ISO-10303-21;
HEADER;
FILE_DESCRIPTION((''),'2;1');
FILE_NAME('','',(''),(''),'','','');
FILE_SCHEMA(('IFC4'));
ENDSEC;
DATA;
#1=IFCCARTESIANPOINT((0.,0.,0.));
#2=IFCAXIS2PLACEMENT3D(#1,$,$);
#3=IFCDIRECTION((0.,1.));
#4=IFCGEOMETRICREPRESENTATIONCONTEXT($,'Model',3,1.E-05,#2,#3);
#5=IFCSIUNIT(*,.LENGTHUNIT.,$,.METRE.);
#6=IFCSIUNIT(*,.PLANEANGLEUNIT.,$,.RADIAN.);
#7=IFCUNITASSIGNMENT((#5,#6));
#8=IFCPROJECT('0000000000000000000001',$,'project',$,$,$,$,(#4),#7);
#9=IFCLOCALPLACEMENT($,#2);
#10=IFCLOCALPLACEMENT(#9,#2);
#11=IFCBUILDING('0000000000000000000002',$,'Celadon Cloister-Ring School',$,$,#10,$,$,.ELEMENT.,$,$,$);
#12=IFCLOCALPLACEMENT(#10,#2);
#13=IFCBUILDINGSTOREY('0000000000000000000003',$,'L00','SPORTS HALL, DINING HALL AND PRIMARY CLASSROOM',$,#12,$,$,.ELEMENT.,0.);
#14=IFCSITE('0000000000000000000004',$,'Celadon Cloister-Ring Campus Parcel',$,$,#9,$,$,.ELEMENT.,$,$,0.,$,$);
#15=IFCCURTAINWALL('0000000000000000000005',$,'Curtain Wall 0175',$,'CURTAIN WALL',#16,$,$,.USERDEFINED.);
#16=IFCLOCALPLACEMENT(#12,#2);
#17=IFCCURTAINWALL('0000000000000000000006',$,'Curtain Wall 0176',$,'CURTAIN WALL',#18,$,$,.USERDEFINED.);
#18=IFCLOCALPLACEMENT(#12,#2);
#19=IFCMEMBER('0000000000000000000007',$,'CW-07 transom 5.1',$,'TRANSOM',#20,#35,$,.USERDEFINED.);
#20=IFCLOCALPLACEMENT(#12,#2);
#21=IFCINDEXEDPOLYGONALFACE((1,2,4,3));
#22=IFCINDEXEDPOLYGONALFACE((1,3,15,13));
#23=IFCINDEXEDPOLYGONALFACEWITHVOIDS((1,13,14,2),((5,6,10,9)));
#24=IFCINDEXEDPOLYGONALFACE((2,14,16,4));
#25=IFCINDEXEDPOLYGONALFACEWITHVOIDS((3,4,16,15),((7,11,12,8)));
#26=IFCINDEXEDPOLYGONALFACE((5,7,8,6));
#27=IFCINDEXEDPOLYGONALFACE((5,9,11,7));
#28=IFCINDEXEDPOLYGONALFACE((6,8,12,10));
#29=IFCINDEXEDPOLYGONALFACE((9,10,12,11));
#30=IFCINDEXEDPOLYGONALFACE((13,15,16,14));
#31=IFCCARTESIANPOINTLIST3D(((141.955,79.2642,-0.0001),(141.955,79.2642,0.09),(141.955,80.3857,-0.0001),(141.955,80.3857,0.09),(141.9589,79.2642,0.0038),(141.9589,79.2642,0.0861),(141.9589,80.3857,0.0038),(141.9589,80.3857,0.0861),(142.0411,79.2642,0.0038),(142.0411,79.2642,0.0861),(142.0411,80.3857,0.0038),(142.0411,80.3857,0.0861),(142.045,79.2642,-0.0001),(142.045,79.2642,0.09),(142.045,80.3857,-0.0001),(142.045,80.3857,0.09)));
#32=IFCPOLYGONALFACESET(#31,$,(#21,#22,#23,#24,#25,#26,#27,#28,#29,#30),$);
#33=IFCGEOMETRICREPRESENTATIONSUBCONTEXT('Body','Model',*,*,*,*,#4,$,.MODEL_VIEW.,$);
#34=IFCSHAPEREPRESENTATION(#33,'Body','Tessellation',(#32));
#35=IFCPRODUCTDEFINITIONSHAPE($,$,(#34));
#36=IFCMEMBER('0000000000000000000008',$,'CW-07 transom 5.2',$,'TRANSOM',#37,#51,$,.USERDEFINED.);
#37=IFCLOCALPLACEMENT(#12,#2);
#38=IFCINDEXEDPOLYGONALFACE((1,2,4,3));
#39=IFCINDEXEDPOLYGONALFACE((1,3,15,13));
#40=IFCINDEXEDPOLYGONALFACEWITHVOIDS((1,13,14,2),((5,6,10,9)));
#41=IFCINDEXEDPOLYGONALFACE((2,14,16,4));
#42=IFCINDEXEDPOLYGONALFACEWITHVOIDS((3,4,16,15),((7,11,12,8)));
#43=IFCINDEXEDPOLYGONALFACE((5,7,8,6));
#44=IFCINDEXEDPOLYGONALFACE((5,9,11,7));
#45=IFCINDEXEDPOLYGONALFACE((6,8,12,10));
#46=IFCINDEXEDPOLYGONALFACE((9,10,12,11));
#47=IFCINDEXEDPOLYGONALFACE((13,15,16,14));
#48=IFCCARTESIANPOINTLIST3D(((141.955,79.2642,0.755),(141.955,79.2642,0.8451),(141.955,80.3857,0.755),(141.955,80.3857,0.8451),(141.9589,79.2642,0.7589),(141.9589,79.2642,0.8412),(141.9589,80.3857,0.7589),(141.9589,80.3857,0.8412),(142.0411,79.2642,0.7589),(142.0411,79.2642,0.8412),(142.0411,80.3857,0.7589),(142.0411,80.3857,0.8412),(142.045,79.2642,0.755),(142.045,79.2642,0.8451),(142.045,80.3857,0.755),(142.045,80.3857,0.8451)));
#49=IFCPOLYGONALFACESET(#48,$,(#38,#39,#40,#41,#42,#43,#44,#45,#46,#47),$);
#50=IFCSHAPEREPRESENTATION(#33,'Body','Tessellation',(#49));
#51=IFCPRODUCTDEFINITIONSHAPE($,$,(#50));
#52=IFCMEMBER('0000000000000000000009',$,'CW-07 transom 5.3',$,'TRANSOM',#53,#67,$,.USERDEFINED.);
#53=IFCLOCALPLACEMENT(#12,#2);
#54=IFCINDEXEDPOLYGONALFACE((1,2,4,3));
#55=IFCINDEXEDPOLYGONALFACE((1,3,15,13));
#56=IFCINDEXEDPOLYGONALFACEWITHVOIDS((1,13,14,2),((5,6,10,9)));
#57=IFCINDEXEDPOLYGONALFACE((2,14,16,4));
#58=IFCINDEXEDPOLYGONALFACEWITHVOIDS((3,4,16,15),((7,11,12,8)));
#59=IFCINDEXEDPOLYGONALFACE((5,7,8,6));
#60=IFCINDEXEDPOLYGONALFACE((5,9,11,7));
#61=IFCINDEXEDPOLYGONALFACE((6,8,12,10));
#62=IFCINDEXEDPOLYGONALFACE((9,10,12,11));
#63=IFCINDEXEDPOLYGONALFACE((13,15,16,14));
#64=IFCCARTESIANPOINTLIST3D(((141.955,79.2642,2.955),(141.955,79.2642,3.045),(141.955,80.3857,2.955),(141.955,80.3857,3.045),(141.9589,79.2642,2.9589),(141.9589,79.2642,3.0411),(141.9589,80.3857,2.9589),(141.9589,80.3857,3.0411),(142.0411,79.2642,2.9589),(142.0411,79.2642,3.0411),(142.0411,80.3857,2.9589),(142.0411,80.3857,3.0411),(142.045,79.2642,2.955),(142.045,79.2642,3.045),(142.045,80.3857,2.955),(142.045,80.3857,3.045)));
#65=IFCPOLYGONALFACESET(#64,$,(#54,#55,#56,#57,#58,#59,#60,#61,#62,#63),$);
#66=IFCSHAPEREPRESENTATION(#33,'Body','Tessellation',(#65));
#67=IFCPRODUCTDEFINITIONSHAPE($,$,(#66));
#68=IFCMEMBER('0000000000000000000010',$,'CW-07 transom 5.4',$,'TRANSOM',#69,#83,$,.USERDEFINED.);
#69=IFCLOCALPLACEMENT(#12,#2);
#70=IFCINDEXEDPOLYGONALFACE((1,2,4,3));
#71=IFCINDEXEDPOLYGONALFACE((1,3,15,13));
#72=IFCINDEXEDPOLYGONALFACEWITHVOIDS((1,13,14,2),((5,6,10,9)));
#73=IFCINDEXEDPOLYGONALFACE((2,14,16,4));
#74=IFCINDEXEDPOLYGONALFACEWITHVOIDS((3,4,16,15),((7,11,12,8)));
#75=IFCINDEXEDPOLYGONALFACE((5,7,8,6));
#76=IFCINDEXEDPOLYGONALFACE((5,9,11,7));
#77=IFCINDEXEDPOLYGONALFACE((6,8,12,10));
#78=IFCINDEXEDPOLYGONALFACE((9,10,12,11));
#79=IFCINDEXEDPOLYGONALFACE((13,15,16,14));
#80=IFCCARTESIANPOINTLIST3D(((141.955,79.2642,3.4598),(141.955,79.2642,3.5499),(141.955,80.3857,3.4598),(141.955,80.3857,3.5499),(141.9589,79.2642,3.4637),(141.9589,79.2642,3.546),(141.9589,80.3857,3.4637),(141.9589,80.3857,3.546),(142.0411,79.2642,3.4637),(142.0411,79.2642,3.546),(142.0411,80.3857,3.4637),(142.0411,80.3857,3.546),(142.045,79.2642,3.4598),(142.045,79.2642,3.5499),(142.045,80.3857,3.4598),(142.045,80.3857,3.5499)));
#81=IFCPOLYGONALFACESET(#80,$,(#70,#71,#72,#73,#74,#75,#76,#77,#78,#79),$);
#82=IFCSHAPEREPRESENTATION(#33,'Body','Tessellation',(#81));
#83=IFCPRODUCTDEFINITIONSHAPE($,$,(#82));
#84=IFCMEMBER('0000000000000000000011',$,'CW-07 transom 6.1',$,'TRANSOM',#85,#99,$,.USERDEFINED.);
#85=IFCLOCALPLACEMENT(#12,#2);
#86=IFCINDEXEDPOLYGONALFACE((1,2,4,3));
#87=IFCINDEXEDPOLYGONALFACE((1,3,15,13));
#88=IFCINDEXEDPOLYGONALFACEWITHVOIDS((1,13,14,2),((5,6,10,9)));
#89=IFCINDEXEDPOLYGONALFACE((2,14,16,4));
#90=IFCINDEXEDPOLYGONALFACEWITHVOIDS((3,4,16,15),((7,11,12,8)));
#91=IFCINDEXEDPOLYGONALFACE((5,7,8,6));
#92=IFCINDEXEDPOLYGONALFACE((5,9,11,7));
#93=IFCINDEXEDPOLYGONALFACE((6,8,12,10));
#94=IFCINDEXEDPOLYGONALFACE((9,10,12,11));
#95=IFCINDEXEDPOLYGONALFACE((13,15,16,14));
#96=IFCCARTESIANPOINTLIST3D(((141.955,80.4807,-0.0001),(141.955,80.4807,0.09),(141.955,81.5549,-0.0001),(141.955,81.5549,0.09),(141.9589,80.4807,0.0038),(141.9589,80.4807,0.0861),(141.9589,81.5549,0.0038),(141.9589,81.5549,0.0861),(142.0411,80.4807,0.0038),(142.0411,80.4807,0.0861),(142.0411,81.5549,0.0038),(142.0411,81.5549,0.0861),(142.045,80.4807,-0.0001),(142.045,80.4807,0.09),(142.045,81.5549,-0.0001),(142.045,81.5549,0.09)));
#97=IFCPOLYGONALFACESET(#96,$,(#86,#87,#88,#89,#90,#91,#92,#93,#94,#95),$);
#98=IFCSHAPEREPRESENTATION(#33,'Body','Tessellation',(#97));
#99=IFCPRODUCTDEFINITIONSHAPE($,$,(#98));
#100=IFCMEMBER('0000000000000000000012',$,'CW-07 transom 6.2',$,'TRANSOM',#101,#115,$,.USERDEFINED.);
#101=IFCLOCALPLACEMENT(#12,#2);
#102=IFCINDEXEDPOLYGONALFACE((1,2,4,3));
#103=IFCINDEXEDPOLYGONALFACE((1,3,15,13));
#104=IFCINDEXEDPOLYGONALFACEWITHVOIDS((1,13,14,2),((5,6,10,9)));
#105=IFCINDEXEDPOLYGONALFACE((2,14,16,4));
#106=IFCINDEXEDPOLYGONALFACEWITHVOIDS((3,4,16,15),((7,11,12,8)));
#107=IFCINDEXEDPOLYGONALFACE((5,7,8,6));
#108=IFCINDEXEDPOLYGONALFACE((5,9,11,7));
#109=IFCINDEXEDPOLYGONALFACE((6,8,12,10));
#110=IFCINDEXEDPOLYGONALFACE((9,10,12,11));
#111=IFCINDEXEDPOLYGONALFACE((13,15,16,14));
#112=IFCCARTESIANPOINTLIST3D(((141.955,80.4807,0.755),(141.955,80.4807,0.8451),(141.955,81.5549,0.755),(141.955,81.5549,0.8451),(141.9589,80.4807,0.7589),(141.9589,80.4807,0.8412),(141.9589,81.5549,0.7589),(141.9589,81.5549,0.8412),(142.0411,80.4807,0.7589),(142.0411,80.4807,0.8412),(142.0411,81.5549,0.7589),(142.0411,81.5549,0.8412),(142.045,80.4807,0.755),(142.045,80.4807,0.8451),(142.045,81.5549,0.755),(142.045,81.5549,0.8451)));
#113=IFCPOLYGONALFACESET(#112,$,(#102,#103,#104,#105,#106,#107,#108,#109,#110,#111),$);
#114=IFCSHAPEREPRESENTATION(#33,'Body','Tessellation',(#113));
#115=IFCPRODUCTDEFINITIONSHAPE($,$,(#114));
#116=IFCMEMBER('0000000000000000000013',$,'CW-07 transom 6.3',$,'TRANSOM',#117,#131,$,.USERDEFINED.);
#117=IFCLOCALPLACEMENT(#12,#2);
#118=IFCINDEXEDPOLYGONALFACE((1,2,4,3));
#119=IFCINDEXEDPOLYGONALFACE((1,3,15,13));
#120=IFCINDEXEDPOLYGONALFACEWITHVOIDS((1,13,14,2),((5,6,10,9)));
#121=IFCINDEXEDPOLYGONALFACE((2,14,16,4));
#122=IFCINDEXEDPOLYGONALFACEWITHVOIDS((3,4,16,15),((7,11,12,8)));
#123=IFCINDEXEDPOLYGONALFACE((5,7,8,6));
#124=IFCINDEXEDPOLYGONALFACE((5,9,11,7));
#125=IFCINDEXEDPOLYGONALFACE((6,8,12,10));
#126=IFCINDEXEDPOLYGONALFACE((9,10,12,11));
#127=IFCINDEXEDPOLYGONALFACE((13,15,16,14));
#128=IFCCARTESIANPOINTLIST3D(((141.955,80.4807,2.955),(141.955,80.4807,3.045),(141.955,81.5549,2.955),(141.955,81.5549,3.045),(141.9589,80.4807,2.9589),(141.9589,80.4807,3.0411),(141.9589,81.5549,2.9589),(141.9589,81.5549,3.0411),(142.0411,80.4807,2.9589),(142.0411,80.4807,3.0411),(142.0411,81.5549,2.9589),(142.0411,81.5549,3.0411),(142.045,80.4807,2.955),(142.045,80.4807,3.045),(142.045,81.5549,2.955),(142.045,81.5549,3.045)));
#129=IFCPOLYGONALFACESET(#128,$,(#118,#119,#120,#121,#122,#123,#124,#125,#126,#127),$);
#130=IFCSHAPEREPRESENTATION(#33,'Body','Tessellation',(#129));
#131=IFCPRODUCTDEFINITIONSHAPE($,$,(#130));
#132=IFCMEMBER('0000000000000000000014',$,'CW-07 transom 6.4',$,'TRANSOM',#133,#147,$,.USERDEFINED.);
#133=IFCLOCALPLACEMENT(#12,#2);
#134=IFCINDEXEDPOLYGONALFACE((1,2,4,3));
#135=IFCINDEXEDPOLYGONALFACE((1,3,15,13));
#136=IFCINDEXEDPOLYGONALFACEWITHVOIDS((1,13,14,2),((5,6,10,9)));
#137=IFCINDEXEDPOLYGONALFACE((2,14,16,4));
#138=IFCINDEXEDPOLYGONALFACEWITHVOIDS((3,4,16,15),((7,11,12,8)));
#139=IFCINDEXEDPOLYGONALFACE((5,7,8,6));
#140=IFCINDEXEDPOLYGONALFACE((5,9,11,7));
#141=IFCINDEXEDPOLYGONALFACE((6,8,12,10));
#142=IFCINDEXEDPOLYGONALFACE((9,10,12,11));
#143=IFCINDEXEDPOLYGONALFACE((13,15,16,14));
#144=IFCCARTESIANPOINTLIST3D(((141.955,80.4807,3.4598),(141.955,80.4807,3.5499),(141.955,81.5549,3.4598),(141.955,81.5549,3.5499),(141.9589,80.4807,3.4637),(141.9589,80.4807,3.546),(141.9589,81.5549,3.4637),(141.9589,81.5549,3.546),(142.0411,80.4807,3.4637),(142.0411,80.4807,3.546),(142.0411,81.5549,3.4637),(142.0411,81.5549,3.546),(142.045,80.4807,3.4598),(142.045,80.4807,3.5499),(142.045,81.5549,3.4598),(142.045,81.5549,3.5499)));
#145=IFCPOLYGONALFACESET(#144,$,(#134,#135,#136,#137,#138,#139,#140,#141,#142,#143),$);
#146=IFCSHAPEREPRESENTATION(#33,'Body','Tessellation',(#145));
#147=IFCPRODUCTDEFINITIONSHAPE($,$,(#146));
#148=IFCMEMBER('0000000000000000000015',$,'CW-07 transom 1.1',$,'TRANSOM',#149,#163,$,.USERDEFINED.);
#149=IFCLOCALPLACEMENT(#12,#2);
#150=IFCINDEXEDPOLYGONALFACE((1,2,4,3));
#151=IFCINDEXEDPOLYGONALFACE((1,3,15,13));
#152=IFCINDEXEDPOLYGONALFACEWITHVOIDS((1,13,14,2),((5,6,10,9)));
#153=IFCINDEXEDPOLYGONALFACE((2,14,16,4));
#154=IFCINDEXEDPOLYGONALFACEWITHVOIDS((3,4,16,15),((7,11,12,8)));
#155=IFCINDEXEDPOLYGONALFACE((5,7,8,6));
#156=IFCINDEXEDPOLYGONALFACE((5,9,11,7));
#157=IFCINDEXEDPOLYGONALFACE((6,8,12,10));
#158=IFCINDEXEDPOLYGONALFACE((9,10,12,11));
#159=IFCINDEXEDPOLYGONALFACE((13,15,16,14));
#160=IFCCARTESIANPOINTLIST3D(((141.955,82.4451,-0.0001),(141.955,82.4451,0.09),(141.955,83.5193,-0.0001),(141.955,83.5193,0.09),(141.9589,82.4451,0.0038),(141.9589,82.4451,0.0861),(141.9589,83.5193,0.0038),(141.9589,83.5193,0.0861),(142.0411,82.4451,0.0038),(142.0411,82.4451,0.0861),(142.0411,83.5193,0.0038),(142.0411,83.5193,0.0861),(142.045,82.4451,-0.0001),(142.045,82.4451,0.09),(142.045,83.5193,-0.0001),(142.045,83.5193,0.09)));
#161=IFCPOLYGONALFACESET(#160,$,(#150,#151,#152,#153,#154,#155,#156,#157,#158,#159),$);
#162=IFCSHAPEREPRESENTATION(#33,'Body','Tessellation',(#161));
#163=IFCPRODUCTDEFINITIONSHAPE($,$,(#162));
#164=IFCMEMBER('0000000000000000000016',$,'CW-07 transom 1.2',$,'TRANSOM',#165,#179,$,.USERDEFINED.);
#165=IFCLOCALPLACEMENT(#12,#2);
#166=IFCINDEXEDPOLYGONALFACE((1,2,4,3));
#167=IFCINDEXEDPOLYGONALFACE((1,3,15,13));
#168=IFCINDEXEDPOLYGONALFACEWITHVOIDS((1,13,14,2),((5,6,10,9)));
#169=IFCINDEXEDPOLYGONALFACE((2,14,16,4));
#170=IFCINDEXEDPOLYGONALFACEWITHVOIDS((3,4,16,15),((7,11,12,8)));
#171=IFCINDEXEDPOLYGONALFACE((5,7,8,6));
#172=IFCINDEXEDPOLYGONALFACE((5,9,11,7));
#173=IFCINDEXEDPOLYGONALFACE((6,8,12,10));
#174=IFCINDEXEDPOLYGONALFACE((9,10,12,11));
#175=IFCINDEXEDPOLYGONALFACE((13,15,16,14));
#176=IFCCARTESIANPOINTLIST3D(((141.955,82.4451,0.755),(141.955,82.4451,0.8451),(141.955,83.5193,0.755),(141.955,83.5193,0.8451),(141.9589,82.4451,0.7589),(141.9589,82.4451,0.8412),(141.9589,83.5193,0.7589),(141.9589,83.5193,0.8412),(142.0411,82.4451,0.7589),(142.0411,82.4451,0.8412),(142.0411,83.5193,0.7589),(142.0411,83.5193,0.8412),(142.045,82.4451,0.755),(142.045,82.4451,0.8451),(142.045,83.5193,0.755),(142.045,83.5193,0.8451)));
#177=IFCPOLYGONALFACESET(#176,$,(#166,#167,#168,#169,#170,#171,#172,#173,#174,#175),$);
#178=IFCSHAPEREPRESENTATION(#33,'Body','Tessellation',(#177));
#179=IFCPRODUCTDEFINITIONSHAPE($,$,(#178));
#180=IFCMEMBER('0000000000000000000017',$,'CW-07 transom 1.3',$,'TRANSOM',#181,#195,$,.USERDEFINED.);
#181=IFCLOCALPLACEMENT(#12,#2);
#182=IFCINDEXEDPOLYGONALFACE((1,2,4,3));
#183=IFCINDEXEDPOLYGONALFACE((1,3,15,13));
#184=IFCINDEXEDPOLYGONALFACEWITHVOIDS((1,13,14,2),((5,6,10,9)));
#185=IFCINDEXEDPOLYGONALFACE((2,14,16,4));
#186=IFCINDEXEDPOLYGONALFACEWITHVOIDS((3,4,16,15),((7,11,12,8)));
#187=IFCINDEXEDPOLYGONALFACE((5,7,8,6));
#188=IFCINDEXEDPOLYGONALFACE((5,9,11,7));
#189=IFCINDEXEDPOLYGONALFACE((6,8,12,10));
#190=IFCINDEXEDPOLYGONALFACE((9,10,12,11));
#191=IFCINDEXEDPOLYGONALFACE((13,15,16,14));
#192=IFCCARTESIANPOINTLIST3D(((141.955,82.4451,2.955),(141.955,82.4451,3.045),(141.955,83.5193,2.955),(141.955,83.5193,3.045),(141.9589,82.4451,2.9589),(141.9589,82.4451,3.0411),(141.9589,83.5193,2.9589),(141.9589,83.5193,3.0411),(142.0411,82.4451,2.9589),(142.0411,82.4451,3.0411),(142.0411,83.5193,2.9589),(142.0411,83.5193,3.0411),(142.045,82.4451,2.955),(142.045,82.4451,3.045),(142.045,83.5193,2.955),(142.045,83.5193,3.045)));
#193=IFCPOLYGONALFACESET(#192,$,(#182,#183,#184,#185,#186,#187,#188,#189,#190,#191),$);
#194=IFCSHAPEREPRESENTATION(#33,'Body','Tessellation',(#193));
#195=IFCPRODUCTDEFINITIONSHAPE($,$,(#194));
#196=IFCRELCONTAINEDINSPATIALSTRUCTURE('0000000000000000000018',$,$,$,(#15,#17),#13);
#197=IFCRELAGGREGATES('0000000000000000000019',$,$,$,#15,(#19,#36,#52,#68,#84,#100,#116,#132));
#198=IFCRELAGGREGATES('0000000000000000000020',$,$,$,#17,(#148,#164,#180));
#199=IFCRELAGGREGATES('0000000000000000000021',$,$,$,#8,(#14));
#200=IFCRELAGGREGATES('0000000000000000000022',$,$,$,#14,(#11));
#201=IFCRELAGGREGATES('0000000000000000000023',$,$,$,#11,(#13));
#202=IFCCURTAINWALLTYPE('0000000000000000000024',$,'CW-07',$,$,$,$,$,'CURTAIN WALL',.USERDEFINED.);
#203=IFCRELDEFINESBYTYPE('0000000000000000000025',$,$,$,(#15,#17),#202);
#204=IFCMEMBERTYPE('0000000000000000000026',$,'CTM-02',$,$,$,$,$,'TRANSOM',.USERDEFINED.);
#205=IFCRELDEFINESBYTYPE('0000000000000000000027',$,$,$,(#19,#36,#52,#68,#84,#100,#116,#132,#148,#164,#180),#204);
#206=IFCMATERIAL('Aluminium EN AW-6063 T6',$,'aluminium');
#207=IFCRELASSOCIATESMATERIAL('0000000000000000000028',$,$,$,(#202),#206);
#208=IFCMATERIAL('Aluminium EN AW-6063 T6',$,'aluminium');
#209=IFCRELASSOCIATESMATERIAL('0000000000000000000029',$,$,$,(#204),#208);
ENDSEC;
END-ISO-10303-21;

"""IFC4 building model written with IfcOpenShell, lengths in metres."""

from ifc_helpers import new_model, si_unit, direction, frame, origin, origin_2d, place, context, subcontext, project, spatial, hollow_rectangle, extrude, material, material_profile, profile_set, type_object, element, aggregate, save


model = new_model("IFC4")

# Units and contexts
model_context = context("Model", 3, precision=1e-05, world=origin(), true_north=direction((0.0, 1.0)))
body_context = subcontext(model_context, "Body", "Model", "MODEL_VIEW")
ifc_project = project(units=[si_unit("LENGTHUNIT", "METRE"), si_unit("PLANEANGLEUNIT", "RADIAN")], contexts=[model_context])

# Site, building, storey
site_placement = place(None, origin())
site = spatial("IfcSite", under=ifc_project, at=site_placement, Name="Celadon Cloister-Ring Campus Parcel", CompositionType="ELEMENT", RefElevation=0.0)
building_placement = place(site_placement, origin())
building = spatial("IfcBuilding", under=site, at=building_placement, Name="Celadon Cloister-Ring School", CompositionType="ELEMENT")
storey_placement = place(building_placement, origin())
storey = spatial("IfcBuildingStorey", under=building, at=storey_placement, Name="L00", Description="SPORTS HALL, DINING HALL AND PRIMARY CLASSROOM", CompositionType="ELEMENT", Elevation=0.0)

# Curtain walls
ifc_material_1 = material(Name="Aluminium EN AW-6063 T6", Category="aluminium")
curtain_wall_type = type_object("IfcCurtainWallType", Name="CW-07", ElementType="CURTAIN WALL", PredefinedType="USERDEFINED", material=ifc_material_1)
curtain_wall_1_placement = place(storey_placement, origin())
curtain_wall_1 = element("IfcCurtainWall", 1, at=curtain_wall_1_placement, inside=storey, type_object=curtain_wall_type, Name="Curtain Wall 0175", ObjectType="CURTAIN WALL", PredefinedType="USERDEFINED")
curtain_wall_2_placement = place(storey_placement, origin())
curtain_wall_2 = element("IfcCurtainWall", 2, at=curtain_wall_2_placement, inside=storey, type_object=curtain_wall_type, Name="Curtain Wall 0176", ObjectType="CURTAIN WALL", PredefinedType="USERDEFINED")

# Members
ifc_material_2 = material(Name="Aluminium EN AW-6063 T6", Category="aluminium")
ifc_material_profile_1 = material_profile(ifc_material_2, hollow_rectangle(XDim=0.0901, YDim=0.0901, WallThickness=0.0039, at=origin_2d()), Name="RHS90X90X4")
ifc_profile_set_1 = profile_set([ifc_material_profile_1], Name="Aluminium EN AW-6063 T6")
member_type_1 = type_object("IfcMemberType", Name="CTM-02", ElementType="TRANSOM", PredefinedType="USERDEFINED", material=ifc_profile_set_1)
member_1_placement = place(storey_placement, frame((142.0, 79.2642, 0.0449), z_axis=(0.0, 1.0, 0.0), x_axis=(-1.0, 0.0, 0.0)))
member_1 = element("IfcMember", 3, at=member_1_placement, type_object=member_type_1, Name="CW-07 transom 5.1", ObjectType="TRANSOM", PredefinedType="USERDEFINED", context=body_context, shape_type="SweptSolid", body=[
    extrude(hollow_rectangle(XDim=0.0901, YDim=0.0901, WallThickness=0.0039, at=origin_2d()), origin(), (0.0, 0.0, 1.0), 1.1216),
])
member_2_placement = place(storey_placement, frame((142.0, 79.2642, 0.8), z_axis=(0.0, 1.0, 0.0), x_axis=(-1.0, 0.0, 0.0)))
member_2 = element("IfcMember", 4, at=member_2_placement, type_object=member_type_1, Name="CW-07 transom 5.2", ObjectType="TRANSOM", PredefinedType="USERDEFINED", context=body_context, shape_type="SweptSolid", body=[
    extrude(hollow_rectangle(XDim=0.0901, YDim=0.0901, WallThickness=0.0039, at=origin_2d()), origin(), (0.0, 0.0, 1.0), 1.1216),
])
member_3_placement = place(storey_placement, frame((142.0, 79.2642, 3.0), z_axis=(0.0, 1.0, 0.0), x_axis=(-1.0, 0.0, 0.0)))
member_3 = element("IfcMember", 5, at=member_3_placement, type_object=member_type_1, Name="CW-07 transom 5.3", ObjectType="TRANSOM", PredefinedType="USERDEFINED", context=body_context, shape_type="SweptSolid", body=[
    extrude(hollow_rectangle(XDim=0.0901, YDim=0.0901, WallThickness=0.0039, at=origin_2d()), origin(), (0.0, 0.0, 1.0), 1.1216),
])
member_4_placement = place(storey_placement, frame((142.0, 79.2642, 3.5049), z_axis=(0.0, 1.0, 0.0), x_axis=(-1.0, 0.0, 0.0)))
member_4 = element("IfcMember", 6, at=member_4_placement, type_object=member_type_1, Name="CW-07 transom 5.4", ObjectType="TRANSOM", PredefinedType="USERDEFINED", context=body_context, shape_type="SweptSolid", body=[
    extrude(hollow_rectangle(XDim=0.0901, YDim=0.0901, WallThickness=0.0039, at=origin_2d()), origin(), (0.0, 0.0, 1.0), 1.1216),
])
member_5_placement = place(storey_placement, frame((142.0, 80.4807, 0.0449), z_axis=(0.0, 1.0, 0.0), x_axis=(-1.0, 0.0, 0.0)))
member_5 = element("IfcMember", 7, at=member_5_placement, type_object=member_type_1, Name="CW-07 transom 6.1", ObjectType="TRANSOM", PredefinedType="USERDEFINED", context=body_context, shape_type="SweptSolid", body=[
    extrude(hollow_rectangle(XDim=0.0901, YDim=0.0901, WallThickness=0.0039, at=origin_2d()), origin(), (0.0, 0.0, 1.0), 1.0742),
])
member_6_placement = place(storey_placement, frame((142.0, 80.4807, 0.8), z_axis=(0.0, 1.0, 0.0), x_axis=(-1.0, 0.0, 0.0)))
member_6 = element("IfcMember", 8, at=member_6_placement, type_object=member_type_1, Name="CW-07 transom 6.2", ObjectType="TRANSOM", PredefinedType="USERDEFINED", context=body_context, shape_type="SweptSolid", body=[
    extrude(hollow_rectangle(XDim=0.0901, YDim=0.0901, WallThickness=0.0039, at=origin_2d()), origin(), (0.0, 0.0, 1.0), 1.0742),
])
member_7_placement = place(storey_placement, frame((142.0, 80.4807, 3.0), z_axis=(0.0, 1.0, 0.0), x_axis=(-1.0, 0.0, 0.0)))
member_7 = element("IfcMember", 9, at=member_7_placement, type_object=member_type_1, Name="CW-07 transom 6.3", ObjectType="TRANSOM", PredefinedType="USERDEFINED", context=body_context, shape_type="SweptSolid", body=[
    extrude(hollow_rectangle(XDim=0.0901, YDim=0.0901, WallThickness=0.0039, at=origin_2d()), origin(), (0.0, 0.0, 1.0), 1.0742),
])
member_8_placement = place(storey_placement, frame((142.0, 80.4807, 3.5049), z_axis=(0.0, 1.0, 0.0), x_axis=(-1.0, 0.0, 0.0)))
member_8 = element("IfcMember", 10, at=member_8_placement, type_object=member_type_1, Name="CW-07 transom 6.4", ObjectType="TRANSOM", PredefinedType="USERDEFINED", context=body_context, shape_type="SweptSolid", body=[
    extrude(hollow_rectangle(XDim=0.0901, YDim=0.0901, WallThickness=0.0039, at=origin_2d()), origin(), (0.0, 0.0, 1.0), 1.0742),
])
member_9_placement = place(storey_placement, frame((142.0, 82.4451, 0.0449), z_axis=(0.0, 1.0, 0.0), x_axis=(-1.0, 0.0, 0.0)))
member_9 = element("IfcMember", 11, at=member_9_placement, type_object=member_type_1, Name="CW-07 transom 1.1", ObjectType="TRANSOM", PredefinedType="USERDEFINED", context=body_context, shape_type="SweptSolid", body=[
    extrude(hollow_rectangle(XDim=0.0901, YDim=0.0901, WallThickness=0.0039, at=origin_2d()), origin(), (0.0, 0.0, 1.0), 1.0742),
])
member_10_placement = place(storey_placement, frame((142.0, 82.4451, 0.8), z_axis=(0.0, 1.0, 0.0), x_axis=(-1.0, 0.0, 0.0)))
member_10 = element("IfcMember", 12, at=member_10_placement, type_object=member_type_1, Name="CW-07 transom 1.2", ObjectType="TRANSOM", PredefinedType="USERDEFINED", context=body_context, shape_type="SweptSolid", body=[
    extrude(hollow_rectangle(XDim=0.0901, YDim=0.0901, WallThickness=0.0039, at=origin_2d()), origin(), (0.0, 0.0, 1.0), 1.0742),
])
member_11_placement = place(storey_placement, frame((142.0, 82.4451, 3.0), z_axis=(0.0, 1.0, 0.0), x_axis=(-1.0, 0.0, 0.0)))
member_11 = element("IfcMember", 13, at=member_11_placement, type_object=member_type_1, Name="CW-07 transom 1.3", ObjectType="TRANSOM", PredefinedType="USERDEFINED", context=body_context, shape_type="SweptSolid", body=[
    extrude(hollow_rectangle(XDim=0.0901, YDim=0.0901, WallThickness=0.0039, at=origin_2d()), origin(), (0.0, 0.0, 1.0), 1.0742),
])

aggregate(curtain_wall_1, [member_1, member_2, member_3, member_4, member_5, member_6, member_7, member_8])
aggregate(curtain_wall_2, [member_9, member_10, member_11])

save(model, "model.ifc")
